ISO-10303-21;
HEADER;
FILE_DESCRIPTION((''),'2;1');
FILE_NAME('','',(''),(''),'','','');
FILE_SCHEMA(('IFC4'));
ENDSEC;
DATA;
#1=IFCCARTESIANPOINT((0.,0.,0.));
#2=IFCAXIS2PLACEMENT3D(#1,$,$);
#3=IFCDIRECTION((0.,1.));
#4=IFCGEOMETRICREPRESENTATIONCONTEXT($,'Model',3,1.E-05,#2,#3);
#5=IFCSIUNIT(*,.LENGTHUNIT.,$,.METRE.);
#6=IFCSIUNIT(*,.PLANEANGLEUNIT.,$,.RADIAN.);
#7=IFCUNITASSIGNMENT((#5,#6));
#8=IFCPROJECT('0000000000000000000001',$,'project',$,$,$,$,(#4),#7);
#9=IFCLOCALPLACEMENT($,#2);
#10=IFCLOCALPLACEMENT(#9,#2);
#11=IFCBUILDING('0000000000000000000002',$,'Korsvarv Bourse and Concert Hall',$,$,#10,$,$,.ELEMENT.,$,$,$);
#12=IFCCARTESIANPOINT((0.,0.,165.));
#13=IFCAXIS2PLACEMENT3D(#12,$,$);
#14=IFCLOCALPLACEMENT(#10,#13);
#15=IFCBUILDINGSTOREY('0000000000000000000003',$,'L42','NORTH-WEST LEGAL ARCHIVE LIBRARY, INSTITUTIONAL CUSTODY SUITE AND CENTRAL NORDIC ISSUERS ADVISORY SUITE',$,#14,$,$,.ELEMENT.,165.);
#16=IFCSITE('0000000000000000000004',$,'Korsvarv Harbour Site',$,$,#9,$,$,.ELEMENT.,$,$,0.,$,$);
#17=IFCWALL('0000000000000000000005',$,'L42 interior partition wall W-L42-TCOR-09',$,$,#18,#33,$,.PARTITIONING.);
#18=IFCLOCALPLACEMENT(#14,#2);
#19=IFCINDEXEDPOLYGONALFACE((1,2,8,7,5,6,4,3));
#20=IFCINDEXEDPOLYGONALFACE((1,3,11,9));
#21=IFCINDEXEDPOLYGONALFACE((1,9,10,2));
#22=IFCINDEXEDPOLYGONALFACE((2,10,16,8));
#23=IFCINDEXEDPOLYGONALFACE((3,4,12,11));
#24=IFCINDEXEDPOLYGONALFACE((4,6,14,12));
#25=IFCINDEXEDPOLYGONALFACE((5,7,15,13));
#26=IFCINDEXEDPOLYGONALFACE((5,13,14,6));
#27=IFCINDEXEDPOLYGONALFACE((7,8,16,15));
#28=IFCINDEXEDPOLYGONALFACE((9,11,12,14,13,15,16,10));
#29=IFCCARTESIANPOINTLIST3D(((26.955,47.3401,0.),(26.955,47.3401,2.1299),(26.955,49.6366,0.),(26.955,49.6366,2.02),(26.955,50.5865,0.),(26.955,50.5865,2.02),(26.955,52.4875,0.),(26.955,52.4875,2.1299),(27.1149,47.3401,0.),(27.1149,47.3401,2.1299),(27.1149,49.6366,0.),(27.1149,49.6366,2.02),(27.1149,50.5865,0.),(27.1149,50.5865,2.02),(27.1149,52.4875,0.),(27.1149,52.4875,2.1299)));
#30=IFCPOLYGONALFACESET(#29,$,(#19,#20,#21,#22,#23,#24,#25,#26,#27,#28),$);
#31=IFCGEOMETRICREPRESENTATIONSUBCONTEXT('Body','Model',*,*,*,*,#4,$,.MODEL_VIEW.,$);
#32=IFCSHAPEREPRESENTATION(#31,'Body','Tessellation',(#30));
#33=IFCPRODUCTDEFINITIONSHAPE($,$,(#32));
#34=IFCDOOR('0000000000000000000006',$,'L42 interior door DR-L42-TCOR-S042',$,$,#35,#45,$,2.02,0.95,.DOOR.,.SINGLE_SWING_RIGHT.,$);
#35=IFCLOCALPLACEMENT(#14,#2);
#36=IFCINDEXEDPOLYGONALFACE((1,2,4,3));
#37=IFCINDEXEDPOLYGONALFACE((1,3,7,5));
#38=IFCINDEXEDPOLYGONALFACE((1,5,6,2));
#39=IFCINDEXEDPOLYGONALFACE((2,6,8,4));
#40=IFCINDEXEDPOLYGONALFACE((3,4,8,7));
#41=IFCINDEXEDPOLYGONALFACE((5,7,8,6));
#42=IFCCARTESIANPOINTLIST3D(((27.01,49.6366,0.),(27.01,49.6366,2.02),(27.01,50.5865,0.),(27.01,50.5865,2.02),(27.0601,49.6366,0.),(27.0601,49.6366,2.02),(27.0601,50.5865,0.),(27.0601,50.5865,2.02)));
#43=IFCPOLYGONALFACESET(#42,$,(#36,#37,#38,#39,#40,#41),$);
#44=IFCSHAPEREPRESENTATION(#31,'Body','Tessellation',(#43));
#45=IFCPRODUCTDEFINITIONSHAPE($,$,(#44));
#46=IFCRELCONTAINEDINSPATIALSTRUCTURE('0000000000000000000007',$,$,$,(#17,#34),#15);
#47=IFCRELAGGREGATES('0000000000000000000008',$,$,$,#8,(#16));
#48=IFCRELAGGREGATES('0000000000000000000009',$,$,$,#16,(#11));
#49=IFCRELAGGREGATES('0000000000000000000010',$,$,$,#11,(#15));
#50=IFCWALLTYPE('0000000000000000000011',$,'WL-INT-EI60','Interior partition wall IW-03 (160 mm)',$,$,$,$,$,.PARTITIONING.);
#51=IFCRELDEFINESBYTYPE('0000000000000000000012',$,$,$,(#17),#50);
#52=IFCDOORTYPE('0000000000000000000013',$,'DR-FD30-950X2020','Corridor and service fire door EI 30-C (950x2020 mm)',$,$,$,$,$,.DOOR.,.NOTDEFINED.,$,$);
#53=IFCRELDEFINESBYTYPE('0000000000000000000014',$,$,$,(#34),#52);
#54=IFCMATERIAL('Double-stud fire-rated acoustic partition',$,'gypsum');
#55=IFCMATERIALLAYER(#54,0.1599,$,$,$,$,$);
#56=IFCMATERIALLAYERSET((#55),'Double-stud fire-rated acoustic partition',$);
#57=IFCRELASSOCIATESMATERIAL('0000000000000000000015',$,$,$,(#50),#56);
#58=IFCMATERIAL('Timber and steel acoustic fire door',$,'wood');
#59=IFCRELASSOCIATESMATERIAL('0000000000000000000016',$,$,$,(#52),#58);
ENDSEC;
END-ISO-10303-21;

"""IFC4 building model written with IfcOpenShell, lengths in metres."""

from ifc_helpers import new_model, si_unit, direction, frame, frame_2d, origin, place, context, subcontext, project, spatial, rectangle, extrude, material, layer, layer_set, type_object, element, fill, save


model = new_model("IFC4")

# Units and contexts
model_context = context("Model", 3, precision=1e-05, world=origin(), true_north=direction((0.0, 1.0)))
body_context = subcontext(model_context, "Body", "Model", "MODEL_VIEW")
ifc_project = project(units=[si_unit("LENGTHUNIT", "METRE"), si_unit("PLANEANGLEUNIT", "RADIAN")], contexts=[model_context])

# Site, building, storey
site_placement = place(None, origin())
site = spatial("IfcSite", under=ifc_project, at=site_placement, Name="Korsvarv Harbour Site", CompositionType="ELEMENT", RefElevation=0.0)
building_placement = place(site_placement, origin())
building = spatial("IfcBuilding", under=site, at=building_placement, Name="Korsvarv Bourse and Concert Hall", CompositionType="ELEMENT")
storey_placement = place(building_placement, frame((0.0, 0.0, 165.0)))
storey = spatial("IfcBuildingStorey", under=building, at=storey_placement, Name="L42", Description="NORTH-WEST LEGAL ARCHIVE LIBRARY, INSTITUTIONAL CUSTODY SUITE AND CENTRAL NORDIC ISSUERS ADVISORY SUITE", CompositionType="ELEMENT", Elevation=165.0)

# Wall, opening, door
ifc_material_1 = material(Name="Double-stud fire-rated acoustic partition", Category="gypsum")
ifc_layer_1 = layer(ifc_material_1, 0.1599)
ifc_layer_set_1 = layer_set([ifc_layer_1], Name="Double-stud fire-rated acoustic partition")
wall_type_1 = type_object("IfcWallType", Name="WL-INT-EI60", Description="Interior partition wall IW-03 (160 mm)", PredefinedType="PARTITIONING", material=ifc_layer_set_1)
wall_1_placement = place(storey_placement, frame((27.0349, 47.3401, 0.0), z_axis=(0.0, 0.0, 1.0), x_axis=(0.0, 1.0, 0.0)))
wall_1 = element("IfcWall", 1, at=wall_1_placement, inside=storey, type_object=wall_type_1, Name="L42 interior partition wall W-L42-TCOR-09", PredefinedType="PARTITIONING", context=body_context, shape_type="SweptSolid", body=[
    extrude(rectangle(XDim=5.1475, YDim=0.1599, at=frame_2d((2.5737, 0.0))), origin(), (0.0, 0.0, 1.0), 2.1299),
])
opening_placement = place(wall_1_placement, frame((2.2964, 0.0, 0.0)))
opening = element("IfcOpeningElement", 2, at=opening_placement, cuts=wall_1, PredefinedType="OPENING", context=body_context, shape_type="SweptSolid", body=[
    extrude(rectangle(XDim=0.95, YDim=2.02, at=frame_2d((0.4751, 1.01))), frame((0.0, 0.0898, 0.0), z_axis=(0.0, -1.0, 0.0), x_axis=(1.0, 0.0, 0.0)), (0.0, 0.0, 1.0), 0.1799),
])
ifc_material_2 = material(Name="Timber and steel acoustic fire door", Category="wood")
door_type = type_object("IfcDoorType", Name="DR-FD30-950X2020", Description="Corridor and service fire door EI 30-C (950x2020 mm)", OperationType="NOTDEFINED", PredefinedType="DOOR", material=ifc_material_2)
door_placement = place(opening_placement, origin())
door = element("IfcDoor", 3, at=door_placement, inside=storey, type_object=door_type, Name="L42 interior door DR-L42-TCOR-S042", OperationType="SINGLE_SWING_RIGHT", OverallHeight=2.02, OverallWidth=0.95, PredefinedType="DOOR", context=body_context, shape_type="SweptSolid", body=[
    extrude(rectangle(XDim=0.95, YDim=2.02, at=frame_2d((0.4751, 1.01))), frame((0.0, 0.0249, 0.0), z_axis=(0.0, -1.0, 0.0), x_axis=(1.0, 0.0, 0.0)), (0.0, 0.0, 1.0), 0.05),
])
fill(opening, door)

save(model, "model.ifc")
